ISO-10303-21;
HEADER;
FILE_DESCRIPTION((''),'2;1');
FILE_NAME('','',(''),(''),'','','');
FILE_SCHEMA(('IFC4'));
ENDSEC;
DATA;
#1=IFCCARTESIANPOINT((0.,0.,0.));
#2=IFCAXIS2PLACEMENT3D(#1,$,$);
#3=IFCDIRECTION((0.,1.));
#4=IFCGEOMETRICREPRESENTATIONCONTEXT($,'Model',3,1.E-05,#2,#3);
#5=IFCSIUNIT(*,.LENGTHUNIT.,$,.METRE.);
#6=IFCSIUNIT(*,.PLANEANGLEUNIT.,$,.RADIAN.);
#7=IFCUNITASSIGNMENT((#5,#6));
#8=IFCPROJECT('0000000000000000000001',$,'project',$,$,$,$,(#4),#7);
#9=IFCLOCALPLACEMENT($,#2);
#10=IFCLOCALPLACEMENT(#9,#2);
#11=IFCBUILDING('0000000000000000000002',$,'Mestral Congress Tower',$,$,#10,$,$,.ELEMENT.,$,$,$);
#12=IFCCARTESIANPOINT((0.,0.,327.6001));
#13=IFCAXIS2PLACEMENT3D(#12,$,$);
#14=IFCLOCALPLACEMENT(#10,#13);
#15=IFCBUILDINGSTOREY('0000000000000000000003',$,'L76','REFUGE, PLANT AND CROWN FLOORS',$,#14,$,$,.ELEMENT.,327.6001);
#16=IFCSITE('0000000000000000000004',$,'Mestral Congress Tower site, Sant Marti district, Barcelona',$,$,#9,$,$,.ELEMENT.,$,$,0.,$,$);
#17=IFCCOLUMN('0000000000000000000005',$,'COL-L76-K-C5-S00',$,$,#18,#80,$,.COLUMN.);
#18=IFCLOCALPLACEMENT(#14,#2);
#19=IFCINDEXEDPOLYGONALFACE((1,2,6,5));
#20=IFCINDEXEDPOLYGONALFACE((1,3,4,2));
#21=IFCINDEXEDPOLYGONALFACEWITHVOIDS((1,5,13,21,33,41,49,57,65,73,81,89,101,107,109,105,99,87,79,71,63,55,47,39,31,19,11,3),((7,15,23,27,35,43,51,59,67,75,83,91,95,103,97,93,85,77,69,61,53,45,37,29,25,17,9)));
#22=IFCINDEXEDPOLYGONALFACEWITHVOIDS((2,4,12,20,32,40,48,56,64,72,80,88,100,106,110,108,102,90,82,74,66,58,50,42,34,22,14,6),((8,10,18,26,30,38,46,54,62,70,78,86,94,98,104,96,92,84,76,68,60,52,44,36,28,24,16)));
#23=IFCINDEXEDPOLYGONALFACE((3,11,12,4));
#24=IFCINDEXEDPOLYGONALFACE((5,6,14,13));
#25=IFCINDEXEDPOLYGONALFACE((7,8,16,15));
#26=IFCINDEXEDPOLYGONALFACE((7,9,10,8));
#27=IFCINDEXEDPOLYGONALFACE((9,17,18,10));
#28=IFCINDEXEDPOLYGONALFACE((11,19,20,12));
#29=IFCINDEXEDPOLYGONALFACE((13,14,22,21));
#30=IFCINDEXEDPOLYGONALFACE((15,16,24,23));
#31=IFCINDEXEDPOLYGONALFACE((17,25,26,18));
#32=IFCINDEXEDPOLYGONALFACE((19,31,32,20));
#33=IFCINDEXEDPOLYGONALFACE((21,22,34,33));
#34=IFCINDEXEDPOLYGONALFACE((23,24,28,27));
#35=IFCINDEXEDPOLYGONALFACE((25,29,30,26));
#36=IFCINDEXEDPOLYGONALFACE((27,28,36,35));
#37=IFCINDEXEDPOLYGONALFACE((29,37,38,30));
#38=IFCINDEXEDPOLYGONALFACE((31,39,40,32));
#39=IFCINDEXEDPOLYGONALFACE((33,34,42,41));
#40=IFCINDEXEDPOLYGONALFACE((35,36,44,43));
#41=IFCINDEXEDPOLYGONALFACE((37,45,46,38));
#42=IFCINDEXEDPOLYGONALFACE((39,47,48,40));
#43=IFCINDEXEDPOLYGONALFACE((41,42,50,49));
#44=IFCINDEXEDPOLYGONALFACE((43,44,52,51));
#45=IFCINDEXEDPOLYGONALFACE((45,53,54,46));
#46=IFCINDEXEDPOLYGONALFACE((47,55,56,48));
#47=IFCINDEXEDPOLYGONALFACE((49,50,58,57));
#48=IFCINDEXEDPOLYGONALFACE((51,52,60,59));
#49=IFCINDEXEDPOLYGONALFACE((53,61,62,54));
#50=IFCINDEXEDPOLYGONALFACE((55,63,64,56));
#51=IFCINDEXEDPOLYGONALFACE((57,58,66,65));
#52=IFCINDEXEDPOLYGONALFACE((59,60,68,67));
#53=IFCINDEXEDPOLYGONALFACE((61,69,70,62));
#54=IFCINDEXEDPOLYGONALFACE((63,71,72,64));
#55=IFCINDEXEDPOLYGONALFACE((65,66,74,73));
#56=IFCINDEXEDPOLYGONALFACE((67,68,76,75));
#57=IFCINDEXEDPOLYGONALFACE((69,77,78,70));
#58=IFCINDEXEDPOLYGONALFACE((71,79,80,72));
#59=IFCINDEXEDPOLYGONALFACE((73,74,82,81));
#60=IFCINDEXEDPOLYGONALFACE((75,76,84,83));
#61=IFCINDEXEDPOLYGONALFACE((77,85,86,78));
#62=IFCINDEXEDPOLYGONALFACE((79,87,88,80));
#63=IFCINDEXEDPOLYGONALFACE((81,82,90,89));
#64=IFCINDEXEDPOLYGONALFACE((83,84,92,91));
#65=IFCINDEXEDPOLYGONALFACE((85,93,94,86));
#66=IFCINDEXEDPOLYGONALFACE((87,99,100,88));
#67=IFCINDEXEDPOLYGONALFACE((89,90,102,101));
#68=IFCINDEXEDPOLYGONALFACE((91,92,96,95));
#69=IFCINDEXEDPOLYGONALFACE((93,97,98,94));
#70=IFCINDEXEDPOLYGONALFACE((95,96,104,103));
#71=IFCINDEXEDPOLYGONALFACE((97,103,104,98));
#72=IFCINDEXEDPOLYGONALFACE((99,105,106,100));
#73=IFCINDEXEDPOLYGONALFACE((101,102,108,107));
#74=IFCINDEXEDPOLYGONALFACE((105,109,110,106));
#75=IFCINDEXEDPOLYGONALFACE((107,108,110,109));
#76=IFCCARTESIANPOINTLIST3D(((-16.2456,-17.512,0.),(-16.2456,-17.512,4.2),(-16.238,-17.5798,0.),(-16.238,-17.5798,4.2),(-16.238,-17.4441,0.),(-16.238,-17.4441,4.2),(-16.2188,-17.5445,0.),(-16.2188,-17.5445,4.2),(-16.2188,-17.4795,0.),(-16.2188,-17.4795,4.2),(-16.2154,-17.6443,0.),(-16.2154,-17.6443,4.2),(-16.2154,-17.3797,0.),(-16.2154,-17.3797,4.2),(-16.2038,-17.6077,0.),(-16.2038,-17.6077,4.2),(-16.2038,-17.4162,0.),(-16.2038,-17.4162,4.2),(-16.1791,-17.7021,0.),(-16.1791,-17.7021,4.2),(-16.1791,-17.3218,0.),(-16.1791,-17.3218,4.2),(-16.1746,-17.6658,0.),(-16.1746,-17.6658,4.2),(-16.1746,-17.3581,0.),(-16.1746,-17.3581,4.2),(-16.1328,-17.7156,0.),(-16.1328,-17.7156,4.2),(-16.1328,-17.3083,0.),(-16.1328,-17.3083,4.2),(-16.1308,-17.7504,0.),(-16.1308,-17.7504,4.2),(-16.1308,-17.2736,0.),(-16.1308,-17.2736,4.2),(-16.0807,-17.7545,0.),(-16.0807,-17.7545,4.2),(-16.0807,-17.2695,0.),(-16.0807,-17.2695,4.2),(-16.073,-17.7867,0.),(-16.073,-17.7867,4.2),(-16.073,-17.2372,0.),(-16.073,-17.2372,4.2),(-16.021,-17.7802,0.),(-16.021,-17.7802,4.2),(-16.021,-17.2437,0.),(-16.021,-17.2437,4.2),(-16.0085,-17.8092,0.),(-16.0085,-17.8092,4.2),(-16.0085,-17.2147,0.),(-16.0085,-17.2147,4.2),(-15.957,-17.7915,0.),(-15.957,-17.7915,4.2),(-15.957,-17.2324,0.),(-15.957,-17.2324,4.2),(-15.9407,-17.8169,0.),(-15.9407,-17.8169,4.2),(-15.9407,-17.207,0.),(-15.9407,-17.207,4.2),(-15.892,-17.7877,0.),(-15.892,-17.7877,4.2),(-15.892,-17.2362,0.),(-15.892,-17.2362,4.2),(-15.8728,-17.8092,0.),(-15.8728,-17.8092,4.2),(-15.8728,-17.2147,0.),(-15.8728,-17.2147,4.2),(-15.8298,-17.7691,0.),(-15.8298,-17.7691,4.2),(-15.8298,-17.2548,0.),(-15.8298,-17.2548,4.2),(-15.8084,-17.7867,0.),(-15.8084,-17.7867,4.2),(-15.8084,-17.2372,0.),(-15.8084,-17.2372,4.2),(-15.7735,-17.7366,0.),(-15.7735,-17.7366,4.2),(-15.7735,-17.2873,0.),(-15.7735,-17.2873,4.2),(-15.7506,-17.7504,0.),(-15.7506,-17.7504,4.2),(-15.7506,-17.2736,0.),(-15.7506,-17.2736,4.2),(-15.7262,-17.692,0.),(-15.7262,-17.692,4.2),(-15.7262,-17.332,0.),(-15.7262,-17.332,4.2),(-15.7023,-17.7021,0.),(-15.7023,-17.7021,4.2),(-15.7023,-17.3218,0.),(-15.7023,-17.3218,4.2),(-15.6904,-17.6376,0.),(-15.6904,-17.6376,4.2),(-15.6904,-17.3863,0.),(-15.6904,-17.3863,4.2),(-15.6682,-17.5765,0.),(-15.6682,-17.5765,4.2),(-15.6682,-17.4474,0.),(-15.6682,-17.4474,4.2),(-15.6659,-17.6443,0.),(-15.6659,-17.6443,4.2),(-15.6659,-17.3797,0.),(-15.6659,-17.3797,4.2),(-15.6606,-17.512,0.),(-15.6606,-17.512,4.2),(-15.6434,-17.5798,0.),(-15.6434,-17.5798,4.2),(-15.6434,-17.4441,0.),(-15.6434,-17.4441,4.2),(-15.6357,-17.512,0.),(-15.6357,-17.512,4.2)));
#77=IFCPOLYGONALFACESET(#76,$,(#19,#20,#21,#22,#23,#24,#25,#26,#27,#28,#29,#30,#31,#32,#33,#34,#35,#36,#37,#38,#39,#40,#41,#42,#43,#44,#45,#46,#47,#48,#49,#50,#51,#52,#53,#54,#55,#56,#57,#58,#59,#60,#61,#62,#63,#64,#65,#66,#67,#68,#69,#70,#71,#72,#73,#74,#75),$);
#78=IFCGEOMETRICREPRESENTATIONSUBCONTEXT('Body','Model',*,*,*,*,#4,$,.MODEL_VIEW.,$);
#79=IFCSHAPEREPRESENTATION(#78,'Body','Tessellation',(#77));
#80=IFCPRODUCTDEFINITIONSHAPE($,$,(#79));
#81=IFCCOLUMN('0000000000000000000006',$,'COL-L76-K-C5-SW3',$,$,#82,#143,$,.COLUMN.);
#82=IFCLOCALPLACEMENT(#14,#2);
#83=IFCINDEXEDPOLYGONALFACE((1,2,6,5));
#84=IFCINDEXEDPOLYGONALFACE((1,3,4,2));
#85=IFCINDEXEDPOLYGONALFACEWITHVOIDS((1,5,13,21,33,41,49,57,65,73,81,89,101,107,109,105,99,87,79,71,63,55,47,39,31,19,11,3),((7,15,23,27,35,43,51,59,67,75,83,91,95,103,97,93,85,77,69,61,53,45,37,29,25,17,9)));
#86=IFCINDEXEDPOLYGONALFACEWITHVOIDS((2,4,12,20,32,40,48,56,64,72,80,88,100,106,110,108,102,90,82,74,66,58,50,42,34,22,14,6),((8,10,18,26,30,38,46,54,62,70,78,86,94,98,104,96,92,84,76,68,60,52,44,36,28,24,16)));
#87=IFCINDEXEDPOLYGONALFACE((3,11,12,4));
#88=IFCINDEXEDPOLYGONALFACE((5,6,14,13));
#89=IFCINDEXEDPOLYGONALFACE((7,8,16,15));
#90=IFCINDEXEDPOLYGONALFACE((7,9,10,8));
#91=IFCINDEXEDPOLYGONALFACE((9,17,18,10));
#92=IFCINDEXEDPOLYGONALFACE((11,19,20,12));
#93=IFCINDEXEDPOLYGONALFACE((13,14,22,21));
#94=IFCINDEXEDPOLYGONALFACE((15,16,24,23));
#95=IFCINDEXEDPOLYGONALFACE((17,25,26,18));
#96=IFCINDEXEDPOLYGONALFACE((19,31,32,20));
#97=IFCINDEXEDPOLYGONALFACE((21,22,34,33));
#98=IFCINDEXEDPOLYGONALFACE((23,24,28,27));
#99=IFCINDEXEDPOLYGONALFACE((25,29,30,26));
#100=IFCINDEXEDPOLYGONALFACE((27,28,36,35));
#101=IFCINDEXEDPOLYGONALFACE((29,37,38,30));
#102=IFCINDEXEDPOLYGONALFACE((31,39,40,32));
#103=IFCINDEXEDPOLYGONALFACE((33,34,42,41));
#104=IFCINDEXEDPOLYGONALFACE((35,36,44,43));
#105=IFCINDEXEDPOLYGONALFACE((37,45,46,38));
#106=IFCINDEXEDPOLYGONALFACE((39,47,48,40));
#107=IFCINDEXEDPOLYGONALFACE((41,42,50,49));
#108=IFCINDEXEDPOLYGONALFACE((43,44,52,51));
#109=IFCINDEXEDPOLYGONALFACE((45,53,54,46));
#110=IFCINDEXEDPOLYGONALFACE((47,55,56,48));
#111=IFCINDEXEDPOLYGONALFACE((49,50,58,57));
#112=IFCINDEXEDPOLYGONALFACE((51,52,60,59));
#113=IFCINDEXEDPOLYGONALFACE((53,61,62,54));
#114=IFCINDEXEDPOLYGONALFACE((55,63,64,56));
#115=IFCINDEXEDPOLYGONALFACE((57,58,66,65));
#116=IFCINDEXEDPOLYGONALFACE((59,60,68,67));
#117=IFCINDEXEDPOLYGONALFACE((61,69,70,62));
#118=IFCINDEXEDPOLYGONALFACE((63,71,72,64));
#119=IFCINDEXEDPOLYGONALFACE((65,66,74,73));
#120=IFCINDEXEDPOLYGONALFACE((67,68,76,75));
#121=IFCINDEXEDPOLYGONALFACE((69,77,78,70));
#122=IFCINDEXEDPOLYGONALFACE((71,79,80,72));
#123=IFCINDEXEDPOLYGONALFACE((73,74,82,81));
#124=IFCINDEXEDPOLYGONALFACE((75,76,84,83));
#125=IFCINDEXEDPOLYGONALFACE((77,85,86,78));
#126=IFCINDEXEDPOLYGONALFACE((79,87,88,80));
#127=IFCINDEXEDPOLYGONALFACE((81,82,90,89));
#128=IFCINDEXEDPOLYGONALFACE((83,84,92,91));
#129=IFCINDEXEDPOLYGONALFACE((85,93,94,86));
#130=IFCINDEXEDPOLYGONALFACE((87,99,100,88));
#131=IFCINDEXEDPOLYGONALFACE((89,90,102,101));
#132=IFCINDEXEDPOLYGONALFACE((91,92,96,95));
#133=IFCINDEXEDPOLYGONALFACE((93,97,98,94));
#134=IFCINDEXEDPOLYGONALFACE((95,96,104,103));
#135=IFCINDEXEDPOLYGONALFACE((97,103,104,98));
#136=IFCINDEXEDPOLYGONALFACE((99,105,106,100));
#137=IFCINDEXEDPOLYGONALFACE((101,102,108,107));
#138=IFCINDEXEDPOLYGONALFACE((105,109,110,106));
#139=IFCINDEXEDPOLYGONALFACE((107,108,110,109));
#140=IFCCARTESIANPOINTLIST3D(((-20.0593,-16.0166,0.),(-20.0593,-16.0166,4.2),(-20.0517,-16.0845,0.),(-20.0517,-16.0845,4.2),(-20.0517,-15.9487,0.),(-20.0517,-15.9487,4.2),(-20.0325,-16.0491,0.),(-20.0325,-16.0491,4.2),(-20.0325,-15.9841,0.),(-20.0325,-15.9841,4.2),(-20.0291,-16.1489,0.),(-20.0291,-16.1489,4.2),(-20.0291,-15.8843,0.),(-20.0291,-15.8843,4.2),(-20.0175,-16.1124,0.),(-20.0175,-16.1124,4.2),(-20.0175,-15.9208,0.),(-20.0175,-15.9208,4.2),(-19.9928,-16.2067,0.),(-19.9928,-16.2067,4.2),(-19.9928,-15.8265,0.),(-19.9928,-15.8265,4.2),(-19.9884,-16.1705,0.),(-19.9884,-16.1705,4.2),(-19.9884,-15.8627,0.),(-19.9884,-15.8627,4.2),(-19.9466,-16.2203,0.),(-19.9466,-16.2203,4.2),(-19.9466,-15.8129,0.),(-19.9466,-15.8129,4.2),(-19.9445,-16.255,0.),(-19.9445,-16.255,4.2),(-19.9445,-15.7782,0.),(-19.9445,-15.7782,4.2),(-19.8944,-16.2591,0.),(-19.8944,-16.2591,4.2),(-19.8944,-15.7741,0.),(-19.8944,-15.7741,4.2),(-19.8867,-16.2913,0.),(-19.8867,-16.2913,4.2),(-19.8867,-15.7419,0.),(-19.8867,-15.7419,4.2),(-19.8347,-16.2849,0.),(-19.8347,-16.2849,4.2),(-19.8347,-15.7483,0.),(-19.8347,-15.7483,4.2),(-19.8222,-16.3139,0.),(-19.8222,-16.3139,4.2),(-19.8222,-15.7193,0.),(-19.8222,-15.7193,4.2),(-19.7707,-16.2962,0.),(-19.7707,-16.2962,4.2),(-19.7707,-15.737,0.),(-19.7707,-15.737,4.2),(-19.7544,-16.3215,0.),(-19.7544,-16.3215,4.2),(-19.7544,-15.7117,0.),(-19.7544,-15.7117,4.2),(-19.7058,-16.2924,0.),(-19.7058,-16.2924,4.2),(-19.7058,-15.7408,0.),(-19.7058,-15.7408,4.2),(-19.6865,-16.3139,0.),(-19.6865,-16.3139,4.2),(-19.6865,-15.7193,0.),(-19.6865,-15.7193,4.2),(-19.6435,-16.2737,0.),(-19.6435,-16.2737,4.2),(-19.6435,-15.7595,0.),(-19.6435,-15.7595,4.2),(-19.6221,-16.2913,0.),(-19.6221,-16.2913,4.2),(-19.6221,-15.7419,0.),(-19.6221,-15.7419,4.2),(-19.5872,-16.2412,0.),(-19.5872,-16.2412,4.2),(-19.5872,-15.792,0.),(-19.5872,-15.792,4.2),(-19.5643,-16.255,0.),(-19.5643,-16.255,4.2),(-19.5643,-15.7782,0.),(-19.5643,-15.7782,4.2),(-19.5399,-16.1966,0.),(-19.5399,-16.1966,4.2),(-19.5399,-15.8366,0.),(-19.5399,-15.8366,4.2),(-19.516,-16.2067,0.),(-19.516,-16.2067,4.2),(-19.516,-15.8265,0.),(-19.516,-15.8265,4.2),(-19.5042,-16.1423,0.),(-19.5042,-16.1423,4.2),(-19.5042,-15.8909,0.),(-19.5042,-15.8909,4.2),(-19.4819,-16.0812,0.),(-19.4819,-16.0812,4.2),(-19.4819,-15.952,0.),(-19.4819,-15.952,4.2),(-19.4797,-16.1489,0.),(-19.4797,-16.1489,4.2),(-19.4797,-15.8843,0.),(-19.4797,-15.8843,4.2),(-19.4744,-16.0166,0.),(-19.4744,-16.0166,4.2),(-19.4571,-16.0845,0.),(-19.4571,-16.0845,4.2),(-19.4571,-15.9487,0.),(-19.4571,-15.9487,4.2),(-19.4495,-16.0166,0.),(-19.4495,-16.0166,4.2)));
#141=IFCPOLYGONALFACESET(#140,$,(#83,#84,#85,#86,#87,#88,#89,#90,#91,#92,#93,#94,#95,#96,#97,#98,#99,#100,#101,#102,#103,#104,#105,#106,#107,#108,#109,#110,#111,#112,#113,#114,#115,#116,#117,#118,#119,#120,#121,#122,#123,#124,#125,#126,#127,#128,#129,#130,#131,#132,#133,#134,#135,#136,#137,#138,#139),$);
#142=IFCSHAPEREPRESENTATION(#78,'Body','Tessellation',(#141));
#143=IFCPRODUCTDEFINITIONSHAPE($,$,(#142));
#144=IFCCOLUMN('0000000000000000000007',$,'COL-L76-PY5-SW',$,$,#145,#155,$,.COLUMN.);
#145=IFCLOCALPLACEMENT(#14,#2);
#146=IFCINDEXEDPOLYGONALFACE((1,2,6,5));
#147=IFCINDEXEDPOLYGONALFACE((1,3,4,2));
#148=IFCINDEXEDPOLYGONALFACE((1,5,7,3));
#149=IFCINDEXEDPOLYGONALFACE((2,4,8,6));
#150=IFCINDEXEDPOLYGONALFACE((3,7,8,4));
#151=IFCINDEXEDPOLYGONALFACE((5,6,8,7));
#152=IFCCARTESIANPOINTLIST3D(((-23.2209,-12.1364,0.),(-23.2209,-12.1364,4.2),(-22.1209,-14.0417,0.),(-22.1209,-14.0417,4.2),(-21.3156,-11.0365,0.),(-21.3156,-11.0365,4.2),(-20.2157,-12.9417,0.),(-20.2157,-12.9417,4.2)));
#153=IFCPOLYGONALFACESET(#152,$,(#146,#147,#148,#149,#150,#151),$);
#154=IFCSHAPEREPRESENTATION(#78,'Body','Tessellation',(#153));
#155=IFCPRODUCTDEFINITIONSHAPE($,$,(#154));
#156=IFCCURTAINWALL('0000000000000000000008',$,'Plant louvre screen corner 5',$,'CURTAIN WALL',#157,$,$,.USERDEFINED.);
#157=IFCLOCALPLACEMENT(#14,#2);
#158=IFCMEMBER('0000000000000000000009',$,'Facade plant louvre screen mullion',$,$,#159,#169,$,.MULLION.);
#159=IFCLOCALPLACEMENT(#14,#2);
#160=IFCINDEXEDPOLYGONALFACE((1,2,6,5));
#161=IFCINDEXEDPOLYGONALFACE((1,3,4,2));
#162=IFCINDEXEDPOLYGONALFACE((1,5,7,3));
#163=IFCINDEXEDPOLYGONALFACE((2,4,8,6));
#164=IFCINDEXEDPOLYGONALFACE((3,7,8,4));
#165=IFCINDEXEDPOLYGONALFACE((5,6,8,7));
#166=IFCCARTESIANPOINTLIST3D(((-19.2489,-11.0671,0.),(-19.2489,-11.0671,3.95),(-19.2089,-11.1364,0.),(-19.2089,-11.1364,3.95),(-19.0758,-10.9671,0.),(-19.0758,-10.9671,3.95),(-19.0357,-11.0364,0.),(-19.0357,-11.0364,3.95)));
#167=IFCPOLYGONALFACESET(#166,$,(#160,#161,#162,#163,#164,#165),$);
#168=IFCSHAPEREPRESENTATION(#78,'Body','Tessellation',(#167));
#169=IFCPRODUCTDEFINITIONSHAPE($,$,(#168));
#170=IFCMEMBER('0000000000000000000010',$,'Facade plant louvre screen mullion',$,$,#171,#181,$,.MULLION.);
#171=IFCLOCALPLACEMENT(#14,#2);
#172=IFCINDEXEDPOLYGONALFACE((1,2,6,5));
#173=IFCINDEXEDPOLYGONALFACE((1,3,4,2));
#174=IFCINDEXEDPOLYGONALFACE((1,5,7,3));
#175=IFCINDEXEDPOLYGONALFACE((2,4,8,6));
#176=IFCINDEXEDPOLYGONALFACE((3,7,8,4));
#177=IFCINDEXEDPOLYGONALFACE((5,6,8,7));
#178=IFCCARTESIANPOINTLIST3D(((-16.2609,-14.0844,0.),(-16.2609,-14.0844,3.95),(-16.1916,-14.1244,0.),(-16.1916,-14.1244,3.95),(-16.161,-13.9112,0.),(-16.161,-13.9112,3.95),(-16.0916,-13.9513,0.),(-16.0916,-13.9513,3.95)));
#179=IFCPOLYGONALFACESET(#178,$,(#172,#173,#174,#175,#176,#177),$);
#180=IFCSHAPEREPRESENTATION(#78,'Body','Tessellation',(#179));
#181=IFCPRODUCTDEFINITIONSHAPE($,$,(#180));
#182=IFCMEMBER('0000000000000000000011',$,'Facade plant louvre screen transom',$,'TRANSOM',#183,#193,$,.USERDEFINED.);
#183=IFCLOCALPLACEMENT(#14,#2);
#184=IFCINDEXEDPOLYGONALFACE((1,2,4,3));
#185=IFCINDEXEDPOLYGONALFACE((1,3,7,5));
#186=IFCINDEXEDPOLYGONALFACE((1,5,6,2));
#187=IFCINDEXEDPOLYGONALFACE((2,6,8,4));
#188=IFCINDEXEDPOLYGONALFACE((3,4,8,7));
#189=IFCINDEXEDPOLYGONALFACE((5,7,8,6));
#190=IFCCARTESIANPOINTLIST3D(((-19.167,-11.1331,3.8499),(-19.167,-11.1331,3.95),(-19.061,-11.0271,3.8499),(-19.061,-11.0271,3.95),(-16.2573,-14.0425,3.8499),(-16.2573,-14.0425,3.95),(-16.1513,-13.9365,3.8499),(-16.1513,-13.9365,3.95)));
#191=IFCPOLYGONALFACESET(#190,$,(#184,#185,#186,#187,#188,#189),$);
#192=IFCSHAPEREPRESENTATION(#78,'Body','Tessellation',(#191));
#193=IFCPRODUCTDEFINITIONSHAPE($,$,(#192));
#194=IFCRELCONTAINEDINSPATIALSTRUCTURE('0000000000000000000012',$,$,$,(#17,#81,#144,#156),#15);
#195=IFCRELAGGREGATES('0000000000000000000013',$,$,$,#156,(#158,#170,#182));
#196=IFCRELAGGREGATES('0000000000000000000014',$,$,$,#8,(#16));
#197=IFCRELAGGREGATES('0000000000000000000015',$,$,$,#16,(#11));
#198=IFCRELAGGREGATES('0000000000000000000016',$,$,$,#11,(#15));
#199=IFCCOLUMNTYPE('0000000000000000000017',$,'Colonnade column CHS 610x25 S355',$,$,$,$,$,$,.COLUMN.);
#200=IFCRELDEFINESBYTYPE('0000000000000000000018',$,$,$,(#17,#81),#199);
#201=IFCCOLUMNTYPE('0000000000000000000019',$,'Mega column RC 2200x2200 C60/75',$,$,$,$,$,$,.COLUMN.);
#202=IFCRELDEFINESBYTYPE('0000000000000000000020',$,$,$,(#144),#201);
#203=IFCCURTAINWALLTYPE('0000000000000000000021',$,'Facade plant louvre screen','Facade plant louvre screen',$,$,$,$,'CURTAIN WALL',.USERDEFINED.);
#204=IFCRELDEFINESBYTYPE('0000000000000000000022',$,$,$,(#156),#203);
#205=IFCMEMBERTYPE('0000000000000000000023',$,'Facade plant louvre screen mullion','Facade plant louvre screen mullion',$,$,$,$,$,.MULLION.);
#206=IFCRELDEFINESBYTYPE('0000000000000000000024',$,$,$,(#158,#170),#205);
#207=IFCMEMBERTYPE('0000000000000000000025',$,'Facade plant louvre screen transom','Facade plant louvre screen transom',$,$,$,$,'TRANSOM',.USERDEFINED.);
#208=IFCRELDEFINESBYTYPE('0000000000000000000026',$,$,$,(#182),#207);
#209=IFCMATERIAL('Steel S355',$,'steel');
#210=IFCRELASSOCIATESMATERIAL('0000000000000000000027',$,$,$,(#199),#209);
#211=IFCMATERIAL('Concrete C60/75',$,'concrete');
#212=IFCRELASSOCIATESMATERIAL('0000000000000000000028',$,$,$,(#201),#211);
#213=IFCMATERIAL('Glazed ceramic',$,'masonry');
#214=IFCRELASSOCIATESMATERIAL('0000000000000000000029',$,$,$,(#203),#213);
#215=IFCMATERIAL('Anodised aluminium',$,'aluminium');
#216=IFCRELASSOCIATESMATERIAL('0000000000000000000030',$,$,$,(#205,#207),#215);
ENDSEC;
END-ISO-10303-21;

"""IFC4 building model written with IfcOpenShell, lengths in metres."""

from ifc_helpers import new_model, si_unit, direction, frame, origin, origin_2d, place, context, subcontext, project, spatial, rectangle, hollow_circle, extrude, material, material_profile, profile_set, type_object, element, aggregate, save


model = new_model("IFC4")

# Units and contexts
model_context = context("Model", 3, precision=1e-05, world=origin(), true_north=direction((0.0, 1.0)))
body_context = subcontext(model_context, "Body", "Model", "MODEL_VIEW")
ifc_project = project(units=[si_unit("LENGTHUNIT", "METRE"), si_unit("PLANEANGLEUNIT", "RADIAN")], contexts=[model_context])

# Site, building, storey
site_placement = place(None, origin())
site = spatial("IfcSite", under=ifc_project, at=site_placement, Name="Mestral Congress Tower site, Sant Marti district, Barcelona", CompositionType="ELEMENT", RefElevation=0.0)
building_placement = place(site_placement, origin())
building = spatial("IfcBuilding", under=site, at=building_placement, Name="Mestral Congress Tower", CompositionType="ELEMENT")
storey_placement = place(building_placement, frame((0.0, 0.0, 327.6001)))
storey = spatial("IfcBuildingStorey", under=building, at=storey_placement, Name="L76", Description="REFUGE, PLANT AND CROWN FLOORS", CompositionType="ELEMENT", Elevation=327.6001)

# Columns
ifc_material_1 = material(Name="Steel S355", Category="steel")
ifc_material_profile_1 = material_profile(ifc_material_1, hollow_circle(Radius=0.3049, WallThickness=0.0249, at=origin_2d()), Name="CHS 610x25")
ifc_profile_set_1 = profile_set([ifc_material_profile_1], Name="Steel S355")
column_type_1 = type_object("IfcColumnType", Name="Colonnade column CHS 610x25 S355", PredefinedType="COLUMN", material=ifc_profile_set_1)
for number, where, z_axis, x_axis, name in (
    (1, (-15.9407, -17.512, 0.0), (0.0, 0.0, 1.0), (1.0, 0.0, 0.0), "COL-L76-K-C5-S00"),
    (2, (-19.7544, -16.0166, 0.0), (0.0, 0.0, 1.0), (1.0, 0.0, 0.0), "COL-L76-K-C5-SW3"),
):
    element("IfcColumn", number, at=place(storey_placement, frame(where, z_axis=z_axis, x_axis=x_axis)), inside=storey, type_object=column_type_1, Name=name, PredefinedType="COLUMN", context=body_context, shape_type="SweptSolid", body=[
        extrude(hollow_circle(Radius=0.3049, WallThickness=0.0249, at=origin_2d()), origin(), (0.0, 0.0, 1.0), 4.2),
    ])
ifc_material_2 = material(Name="Concrete C60/75", Category="concrete")
ifc_material_profile_2 = material_profile(ifc_material_2, rectangle(XDim=2.2, YDim=2.2, at=origin_2d()), Name="RC 2200x2200")
ifc_profile_set_2 = profile_set([ifc_material_profile_2], Name="Concrete C60/75")
column_type_2 = type_object("IfcColumnType", Name="Mega column RC 2200x2200 C60/75", PredefinedType="COLUMN", material=ifc_profile_set_2)
column_placement = place(storey_placement, frame((-21.7183, -12.5391, 0.0), z_axis=(0.0, 0.0, 1.0), x_axis=(-0.866025, -0.5, 0.0)))
element("IfcColumn", 3, at=column_placement, inside=storey, type_object=column_type_2, Name="COL-L76-PY5-SW", PredefinedType="COLUMN", context=body_context, shape_type="SweptSolid", body=[
    extrude(rectangle(XDim=2.2, YDim=2.2, at=origin_2d()), origin(), (0.0, 0.0, 1.0), 4.2),
])

# Curtain wall, members
ifc_material_3 = material(Name="Glazed ceramic", Category="masonry")
curtain_wall_type = type_object("IfcCurtainWallType", Name="Facade plant louvre screen", Description="Facade plant louvre screen", ElementType="CURTAIN WALL", PredefinedType="USERDEFINED", material=ifc_material_3)
curtain_wall_placement = place(storey_placement, origin())
curtain_wall = element("IfcCurtainWall", 4, at=curtain_wall_placement, inside=storey, type_object=curtain_wall_type, Name="Plant louvre screen corner 5", ObjectType="CURTAIN WALL", PredefinedType="USERDEFINED")
ifc_material_4 = material(Name="Anodised aluminium", Category="aluminium")
ifc_material_profile_3 = material_profile(ifc_material_4, rectangle(XDim=0.2, YDim=0.0801, at=origin_2d()), Name="CW6 mullion 200 x 80")
ifc_profile_set_3 = profile_set([ifc_material_profile_3], Name="Anodised aluminium")
member_type_1 = type_object("IfcMemberType", Name="Facade plant louvre screen mullion", Description="Facade plant louvre screen mullion", PredefinedType="MULLION", material=ifc_profile_set_3)
member_1_placement = place(storey_placement, frame((-19.1423, -11.0518, 0.0), z_axis=(0.0, 0.0, 1.0), x_axis=(-0.866025, -0.5, 0.0)))
member_1 = element("IfcMember", 5, at=member_1_placement, type_object=member_type_1, Name="Facade plant louvre screen mullion", PredefinedType="MULLION", context=body_context, shape_type="SweptSolid", body=[
    extrude(rectangle(XDim=0.2, YDim=0.0801, at=origin_2d()), origin(), (0.0, 0.0, 1.0), 3.95),
])
member_2_placement = place(storey_placement, frame((-16.1763, -14.0178, 0.0), z_axis=(0.0, 0.0, 1.0), x_axis=(-0.5, -0.866025, 0.0)))
member_2 = element("IfcMember", 6, at=member_2_placement, type_object=member_type_1, Name="Facade plant louvre screen mullion", PredefinedType="MULLION", context=body_context, shape_type="SweptSolid", body=[
    extrude(rectangle(XDim=0.2, YDim=0.0801, at=origin_2d()), origin(), (0.0, 0.0, 1.0), 3.95),
])
ifc_material_profile_4 = material_profile(ifc_material_4, rectangle(XDim=0.1499, YDim=0.1001, at=origin_2d()), Name="CW6 transom 150 x 100")
ifc_profile_set_4 = profile_set([ifc_material_profile_4], Name="Anodised aluminium")
member_type_2 = type_object("IfcMemberType", Name="Facade plant louvre screen transom", Description="Facade plant louvre screen transom", ElementType="TRANSOM", PredefinedType="USERDEFINED", material=ifc_profile_set_4)
member_3_placement = place(storey_placement, frame((-19.114, -11.0801, 3.8999), z_axis=(0.707136, -0.707077, 0.0), x_axis=(0.707077, 0.707136, 0.0)))
member_3 = element("IfcMember", 7, at=member_3_placement, type_object=member_type_2, Name="Facade plant louvre screen transom", ObjectType="TRANSOM", PredefinedType="USERDEFINED", context=body_context, shape_type="SweptSolid", body=[
    extrude(rectangle(XDim=0.1499, YDim=0.1001, at=origin_2d()), origin(), (0.0, 0.0, 1.0), 4.1147),
])

aggregate(curtain_wall, [member_1, member_2, member_3])

save(model, "model.ifc")
